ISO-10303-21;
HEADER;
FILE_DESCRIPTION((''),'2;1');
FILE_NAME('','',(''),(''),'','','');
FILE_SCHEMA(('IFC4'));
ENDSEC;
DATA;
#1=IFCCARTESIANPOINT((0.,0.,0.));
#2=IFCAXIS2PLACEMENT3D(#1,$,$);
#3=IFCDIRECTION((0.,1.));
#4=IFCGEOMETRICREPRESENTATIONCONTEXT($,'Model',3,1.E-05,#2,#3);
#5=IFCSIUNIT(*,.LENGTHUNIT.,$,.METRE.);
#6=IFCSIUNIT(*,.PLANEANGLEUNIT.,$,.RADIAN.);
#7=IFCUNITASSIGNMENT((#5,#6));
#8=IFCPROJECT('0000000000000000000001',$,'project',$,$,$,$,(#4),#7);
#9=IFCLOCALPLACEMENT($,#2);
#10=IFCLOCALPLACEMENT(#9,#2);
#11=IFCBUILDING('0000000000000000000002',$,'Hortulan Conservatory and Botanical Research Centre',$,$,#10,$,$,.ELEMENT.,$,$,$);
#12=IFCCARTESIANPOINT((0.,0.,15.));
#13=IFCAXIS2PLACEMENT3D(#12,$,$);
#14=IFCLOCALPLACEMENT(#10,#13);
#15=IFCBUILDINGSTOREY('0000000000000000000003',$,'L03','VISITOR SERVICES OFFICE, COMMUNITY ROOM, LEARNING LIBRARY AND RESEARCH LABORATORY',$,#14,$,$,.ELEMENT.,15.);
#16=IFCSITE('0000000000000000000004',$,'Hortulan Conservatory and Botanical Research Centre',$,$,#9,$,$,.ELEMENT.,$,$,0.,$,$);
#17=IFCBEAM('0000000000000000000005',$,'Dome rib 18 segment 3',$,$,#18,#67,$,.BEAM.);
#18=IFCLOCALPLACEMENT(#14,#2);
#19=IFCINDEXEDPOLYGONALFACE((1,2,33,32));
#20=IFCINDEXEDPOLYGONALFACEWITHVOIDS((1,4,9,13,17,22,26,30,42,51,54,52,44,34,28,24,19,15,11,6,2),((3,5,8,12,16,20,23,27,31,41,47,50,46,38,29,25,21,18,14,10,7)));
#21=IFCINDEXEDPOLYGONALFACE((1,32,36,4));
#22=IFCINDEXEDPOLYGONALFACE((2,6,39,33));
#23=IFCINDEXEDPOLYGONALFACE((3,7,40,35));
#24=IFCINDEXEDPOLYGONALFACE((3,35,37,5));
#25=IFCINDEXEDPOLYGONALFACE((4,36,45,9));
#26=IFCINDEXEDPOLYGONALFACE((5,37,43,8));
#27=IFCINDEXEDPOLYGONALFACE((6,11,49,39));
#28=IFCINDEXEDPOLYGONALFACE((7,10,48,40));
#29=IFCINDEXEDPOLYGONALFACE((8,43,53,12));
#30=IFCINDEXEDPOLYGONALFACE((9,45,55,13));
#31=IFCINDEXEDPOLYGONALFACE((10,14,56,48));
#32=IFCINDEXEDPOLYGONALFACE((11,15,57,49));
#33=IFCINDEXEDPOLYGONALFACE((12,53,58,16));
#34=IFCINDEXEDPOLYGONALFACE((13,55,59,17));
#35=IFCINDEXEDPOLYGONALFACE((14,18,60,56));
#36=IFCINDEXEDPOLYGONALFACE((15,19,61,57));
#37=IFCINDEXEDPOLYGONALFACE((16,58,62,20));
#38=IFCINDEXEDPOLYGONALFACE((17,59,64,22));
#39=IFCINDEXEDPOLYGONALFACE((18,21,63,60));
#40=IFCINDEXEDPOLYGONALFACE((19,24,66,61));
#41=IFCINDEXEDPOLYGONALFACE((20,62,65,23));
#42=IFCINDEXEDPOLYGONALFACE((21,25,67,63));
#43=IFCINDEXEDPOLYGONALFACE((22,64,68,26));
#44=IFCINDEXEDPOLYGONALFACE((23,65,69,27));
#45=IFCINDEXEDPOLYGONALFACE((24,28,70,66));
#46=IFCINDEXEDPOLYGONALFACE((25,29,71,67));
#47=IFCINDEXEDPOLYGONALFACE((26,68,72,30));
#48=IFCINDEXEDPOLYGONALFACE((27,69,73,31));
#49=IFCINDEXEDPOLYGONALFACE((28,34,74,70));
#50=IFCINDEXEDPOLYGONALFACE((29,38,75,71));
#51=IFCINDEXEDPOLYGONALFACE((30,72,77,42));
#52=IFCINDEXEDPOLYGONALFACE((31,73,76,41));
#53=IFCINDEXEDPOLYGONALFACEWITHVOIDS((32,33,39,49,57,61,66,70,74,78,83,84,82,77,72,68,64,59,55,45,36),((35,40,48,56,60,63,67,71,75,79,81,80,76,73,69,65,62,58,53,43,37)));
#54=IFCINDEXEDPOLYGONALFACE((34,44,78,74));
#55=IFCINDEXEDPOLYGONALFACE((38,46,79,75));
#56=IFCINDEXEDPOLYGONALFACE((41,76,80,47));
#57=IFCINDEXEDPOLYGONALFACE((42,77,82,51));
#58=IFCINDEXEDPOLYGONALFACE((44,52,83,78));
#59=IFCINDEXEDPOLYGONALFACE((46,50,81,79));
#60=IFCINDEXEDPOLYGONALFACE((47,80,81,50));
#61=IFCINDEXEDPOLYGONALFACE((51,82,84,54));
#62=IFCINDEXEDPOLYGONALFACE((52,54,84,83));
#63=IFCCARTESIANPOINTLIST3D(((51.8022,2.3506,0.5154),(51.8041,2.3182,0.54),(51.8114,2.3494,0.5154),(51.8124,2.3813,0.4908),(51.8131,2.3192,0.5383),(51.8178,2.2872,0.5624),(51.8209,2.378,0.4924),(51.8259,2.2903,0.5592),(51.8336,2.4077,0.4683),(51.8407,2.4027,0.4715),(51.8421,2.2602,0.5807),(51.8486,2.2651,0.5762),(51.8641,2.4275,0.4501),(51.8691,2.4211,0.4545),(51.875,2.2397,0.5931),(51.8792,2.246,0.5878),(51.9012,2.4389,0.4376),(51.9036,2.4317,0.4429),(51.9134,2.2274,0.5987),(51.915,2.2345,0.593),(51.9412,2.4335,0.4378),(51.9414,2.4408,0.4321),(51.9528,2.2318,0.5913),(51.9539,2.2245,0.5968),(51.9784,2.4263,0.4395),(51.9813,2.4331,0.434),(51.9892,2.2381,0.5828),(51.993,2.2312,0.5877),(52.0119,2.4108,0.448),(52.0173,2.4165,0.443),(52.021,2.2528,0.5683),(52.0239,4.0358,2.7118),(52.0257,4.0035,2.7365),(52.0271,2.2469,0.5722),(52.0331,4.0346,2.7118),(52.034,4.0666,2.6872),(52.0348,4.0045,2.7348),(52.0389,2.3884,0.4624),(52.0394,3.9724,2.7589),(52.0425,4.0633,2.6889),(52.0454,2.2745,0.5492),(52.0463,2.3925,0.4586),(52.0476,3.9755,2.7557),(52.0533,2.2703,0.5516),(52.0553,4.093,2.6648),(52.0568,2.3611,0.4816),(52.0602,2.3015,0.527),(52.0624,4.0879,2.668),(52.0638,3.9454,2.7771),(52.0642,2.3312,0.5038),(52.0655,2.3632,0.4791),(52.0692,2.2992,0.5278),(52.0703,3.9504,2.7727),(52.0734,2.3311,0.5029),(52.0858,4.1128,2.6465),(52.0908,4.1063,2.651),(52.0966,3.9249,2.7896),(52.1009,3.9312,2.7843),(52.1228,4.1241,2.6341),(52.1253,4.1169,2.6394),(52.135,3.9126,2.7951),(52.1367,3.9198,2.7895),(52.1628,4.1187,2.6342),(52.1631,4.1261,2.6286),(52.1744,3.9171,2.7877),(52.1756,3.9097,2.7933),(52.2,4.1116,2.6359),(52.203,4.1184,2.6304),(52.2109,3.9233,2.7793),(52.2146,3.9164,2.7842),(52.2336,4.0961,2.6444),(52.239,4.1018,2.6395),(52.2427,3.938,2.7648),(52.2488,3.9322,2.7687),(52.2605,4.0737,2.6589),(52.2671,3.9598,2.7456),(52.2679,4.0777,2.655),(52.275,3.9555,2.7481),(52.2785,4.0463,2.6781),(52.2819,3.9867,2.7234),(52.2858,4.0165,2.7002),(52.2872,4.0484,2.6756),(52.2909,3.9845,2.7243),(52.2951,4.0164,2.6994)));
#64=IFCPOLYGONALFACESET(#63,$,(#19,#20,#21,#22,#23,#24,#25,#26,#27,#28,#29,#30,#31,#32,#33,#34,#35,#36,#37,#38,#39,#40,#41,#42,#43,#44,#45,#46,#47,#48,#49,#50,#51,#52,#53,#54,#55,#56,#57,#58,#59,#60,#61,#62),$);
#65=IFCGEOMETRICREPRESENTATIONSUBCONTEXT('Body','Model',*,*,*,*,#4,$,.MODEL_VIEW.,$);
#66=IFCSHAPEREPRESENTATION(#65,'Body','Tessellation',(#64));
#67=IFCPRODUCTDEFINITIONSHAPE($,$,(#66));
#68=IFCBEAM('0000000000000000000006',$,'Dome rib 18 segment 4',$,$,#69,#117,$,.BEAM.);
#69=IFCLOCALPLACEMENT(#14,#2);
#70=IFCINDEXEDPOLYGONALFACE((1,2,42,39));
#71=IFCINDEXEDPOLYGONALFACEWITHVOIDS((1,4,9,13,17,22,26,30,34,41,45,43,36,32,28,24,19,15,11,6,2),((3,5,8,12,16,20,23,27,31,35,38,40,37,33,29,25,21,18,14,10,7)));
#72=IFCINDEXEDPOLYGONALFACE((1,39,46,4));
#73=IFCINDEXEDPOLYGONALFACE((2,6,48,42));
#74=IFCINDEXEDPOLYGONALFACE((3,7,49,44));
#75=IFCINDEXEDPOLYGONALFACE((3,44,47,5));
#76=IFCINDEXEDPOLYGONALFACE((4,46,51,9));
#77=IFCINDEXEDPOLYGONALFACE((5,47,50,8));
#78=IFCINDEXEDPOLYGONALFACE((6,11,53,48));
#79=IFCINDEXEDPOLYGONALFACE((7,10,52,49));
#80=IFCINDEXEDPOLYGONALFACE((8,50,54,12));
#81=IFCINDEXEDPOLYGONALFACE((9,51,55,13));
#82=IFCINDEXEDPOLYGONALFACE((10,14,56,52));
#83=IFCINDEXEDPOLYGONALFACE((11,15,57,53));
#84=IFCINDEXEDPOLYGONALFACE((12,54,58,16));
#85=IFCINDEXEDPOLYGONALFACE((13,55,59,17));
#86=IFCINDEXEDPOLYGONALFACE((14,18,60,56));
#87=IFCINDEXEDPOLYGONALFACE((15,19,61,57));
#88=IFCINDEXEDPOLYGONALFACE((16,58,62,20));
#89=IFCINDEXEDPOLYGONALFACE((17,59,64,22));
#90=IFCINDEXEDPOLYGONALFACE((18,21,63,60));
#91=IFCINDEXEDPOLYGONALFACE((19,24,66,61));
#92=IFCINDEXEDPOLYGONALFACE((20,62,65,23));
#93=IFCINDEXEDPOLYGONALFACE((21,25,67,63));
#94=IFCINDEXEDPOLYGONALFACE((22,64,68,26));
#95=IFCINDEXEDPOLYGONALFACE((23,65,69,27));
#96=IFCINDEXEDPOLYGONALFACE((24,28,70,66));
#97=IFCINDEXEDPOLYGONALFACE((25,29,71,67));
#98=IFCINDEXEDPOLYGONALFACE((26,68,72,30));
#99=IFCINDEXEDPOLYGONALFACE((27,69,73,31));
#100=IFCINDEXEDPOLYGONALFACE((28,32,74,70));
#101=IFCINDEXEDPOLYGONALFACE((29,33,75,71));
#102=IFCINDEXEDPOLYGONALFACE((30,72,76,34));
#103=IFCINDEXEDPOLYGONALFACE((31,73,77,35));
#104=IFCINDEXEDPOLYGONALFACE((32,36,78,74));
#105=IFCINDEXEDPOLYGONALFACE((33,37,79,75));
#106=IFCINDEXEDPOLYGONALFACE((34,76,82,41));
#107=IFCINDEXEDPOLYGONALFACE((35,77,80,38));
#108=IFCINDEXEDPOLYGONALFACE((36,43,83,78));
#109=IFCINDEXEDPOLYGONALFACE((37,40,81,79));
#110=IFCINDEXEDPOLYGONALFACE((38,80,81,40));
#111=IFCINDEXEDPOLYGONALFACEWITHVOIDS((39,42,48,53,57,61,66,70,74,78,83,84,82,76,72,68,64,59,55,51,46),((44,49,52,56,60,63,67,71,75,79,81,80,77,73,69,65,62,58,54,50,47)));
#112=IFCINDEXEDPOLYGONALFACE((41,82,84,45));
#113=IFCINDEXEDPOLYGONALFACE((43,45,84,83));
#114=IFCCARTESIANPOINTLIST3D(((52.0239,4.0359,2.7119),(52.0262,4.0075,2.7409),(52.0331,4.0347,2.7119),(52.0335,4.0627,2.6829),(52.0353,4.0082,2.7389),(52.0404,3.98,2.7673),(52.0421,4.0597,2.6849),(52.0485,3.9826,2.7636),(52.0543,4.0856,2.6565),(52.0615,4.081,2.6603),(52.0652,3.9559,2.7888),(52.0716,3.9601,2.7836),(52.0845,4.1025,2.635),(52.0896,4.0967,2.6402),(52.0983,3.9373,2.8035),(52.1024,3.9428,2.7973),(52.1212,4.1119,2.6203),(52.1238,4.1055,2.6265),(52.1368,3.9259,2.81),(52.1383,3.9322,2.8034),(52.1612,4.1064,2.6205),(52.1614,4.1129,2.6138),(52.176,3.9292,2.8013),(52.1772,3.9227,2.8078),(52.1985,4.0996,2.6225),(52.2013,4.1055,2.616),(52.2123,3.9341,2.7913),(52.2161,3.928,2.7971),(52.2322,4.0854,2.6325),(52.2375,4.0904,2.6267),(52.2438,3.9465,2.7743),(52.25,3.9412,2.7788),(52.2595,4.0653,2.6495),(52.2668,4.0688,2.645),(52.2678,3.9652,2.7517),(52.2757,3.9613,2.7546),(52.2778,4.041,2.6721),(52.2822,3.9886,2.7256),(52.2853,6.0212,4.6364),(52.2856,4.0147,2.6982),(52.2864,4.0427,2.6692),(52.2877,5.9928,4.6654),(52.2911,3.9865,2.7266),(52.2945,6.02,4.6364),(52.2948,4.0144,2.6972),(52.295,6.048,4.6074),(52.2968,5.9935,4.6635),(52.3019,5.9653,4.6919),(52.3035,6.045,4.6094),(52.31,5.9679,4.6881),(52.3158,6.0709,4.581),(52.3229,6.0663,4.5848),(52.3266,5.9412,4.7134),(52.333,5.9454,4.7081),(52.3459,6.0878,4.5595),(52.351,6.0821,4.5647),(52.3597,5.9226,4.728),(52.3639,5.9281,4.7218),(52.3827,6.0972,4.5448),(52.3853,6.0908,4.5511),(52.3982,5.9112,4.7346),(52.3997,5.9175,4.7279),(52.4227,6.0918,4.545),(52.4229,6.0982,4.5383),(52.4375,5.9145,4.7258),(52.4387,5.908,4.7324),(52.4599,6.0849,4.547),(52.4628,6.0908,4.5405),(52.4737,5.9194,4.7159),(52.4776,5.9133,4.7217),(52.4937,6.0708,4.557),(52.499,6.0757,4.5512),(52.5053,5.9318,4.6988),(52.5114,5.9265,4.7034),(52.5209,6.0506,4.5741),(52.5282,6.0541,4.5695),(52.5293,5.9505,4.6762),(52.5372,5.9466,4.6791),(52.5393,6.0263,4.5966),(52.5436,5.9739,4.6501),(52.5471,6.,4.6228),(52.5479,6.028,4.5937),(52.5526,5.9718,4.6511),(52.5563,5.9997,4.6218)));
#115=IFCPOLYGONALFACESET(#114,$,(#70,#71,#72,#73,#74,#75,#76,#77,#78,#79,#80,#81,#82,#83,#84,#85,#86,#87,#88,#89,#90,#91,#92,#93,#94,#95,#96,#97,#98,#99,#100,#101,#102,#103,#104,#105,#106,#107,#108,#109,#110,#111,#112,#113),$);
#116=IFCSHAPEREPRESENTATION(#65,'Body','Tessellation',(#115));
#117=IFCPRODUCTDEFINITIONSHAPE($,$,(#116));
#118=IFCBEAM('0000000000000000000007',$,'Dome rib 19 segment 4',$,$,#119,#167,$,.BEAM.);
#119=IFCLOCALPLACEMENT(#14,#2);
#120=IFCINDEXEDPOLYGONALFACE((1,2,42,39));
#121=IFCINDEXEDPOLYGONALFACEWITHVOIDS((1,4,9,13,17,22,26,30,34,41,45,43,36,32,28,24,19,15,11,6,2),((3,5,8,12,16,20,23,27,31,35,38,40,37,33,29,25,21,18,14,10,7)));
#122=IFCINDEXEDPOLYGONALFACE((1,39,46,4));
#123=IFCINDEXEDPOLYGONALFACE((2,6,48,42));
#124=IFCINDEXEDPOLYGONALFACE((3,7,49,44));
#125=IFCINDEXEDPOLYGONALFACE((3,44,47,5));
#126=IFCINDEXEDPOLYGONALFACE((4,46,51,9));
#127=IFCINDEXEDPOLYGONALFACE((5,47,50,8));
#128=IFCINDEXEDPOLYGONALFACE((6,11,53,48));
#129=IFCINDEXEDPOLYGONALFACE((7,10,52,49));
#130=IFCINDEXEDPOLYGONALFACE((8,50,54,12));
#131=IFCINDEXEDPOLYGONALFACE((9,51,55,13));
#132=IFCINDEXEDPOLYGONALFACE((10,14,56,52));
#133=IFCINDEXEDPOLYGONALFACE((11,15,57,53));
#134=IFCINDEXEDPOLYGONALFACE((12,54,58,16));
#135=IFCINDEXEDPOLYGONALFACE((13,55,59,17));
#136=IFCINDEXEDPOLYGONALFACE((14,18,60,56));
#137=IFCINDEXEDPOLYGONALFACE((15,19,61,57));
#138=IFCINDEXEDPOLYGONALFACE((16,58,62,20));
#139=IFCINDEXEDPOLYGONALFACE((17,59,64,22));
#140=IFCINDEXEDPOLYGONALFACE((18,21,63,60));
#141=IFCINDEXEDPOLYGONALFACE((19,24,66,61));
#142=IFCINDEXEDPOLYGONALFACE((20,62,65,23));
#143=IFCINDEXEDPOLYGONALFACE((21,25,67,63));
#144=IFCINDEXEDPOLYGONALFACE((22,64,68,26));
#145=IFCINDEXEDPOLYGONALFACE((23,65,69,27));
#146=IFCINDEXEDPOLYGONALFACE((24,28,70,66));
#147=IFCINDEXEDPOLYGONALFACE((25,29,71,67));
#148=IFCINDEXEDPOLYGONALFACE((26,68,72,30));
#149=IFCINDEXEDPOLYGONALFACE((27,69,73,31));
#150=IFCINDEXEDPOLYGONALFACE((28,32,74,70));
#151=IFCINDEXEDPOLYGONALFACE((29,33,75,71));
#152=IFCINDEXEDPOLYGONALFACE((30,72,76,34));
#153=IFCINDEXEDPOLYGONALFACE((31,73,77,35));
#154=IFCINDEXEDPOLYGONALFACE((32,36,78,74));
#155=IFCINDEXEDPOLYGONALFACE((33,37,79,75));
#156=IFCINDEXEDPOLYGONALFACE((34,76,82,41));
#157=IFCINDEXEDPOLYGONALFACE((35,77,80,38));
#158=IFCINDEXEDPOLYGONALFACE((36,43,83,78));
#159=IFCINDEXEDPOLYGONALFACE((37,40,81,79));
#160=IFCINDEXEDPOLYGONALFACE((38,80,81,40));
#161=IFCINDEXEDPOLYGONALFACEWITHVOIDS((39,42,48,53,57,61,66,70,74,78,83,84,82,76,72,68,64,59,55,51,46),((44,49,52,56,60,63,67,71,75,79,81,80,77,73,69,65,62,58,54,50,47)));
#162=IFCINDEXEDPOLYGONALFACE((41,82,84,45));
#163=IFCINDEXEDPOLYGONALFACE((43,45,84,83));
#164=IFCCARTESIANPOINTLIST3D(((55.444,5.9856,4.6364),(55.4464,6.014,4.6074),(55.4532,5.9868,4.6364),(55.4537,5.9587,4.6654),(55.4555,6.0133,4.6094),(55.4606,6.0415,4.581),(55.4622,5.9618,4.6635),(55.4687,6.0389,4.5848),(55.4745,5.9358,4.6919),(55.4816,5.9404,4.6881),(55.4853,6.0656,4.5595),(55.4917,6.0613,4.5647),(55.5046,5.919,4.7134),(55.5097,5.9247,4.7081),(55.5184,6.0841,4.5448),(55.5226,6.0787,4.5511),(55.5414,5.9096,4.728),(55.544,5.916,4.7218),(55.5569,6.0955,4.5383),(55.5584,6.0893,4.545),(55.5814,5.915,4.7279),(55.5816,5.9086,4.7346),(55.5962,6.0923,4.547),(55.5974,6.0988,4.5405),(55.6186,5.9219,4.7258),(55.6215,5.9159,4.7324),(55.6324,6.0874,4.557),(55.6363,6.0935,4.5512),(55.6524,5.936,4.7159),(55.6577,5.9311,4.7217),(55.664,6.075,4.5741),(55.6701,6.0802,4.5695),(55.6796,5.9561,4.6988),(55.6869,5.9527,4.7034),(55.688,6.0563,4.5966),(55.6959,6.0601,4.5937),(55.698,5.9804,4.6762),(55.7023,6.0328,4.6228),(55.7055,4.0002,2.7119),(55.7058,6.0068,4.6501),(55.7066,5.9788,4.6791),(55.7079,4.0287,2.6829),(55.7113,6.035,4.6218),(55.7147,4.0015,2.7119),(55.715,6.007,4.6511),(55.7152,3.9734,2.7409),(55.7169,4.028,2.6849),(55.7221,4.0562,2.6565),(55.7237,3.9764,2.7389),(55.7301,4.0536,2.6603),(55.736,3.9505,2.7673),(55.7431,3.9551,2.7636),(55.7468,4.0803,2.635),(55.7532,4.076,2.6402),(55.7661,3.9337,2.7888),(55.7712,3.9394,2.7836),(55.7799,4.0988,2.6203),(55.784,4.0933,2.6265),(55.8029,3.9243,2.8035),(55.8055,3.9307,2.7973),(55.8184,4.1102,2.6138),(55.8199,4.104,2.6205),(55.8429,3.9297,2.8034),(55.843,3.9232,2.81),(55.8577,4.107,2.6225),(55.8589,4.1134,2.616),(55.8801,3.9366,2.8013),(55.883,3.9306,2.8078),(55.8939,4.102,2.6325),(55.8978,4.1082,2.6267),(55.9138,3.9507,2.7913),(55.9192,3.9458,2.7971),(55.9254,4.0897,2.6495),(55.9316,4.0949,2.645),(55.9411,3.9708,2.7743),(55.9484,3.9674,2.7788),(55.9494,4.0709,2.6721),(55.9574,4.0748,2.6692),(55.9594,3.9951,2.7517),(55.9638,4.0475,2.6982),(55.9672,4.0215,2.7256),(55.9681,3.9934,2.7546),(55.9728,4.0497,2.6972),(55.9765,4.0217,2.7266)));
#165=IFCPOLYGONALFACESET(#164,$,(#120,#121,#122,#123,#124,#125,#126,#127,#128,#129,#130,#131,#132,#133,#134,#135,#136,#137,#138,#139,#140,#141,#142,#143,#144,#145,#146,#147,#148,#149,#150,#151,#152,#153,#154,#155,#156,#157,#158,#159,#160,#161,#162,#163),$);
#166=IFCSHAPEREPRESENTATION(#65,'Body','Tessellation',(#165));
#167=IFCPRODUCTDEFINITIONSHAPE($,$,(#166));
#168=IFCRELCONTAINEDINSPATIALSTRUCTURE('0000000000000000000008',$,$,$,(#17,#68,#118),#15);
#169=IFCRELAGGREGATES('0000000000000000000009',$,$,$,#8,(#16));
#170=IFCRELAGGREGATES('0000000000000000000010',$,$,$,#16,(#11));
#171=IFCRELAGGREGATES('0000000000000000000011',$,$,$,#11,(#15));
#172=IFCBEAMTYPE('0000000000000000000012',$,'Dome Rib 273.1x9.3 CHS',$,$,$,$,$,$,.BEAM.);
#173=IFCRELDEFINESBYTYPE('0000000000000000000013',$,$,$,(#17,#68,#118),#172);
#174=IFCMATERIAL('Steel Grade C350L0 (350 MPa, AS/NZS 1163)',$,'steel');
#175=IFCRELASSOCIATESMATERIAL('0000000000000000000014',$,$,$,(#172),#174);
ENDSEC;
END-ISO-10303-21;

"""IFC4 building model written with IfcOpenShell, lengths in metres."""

from ifc_helpers import new_model, si_unit, direction, frame, origin, origin_2d, place, context, subcontext, project, spatial, hollow_circle, extrude, material, material_profile, profile_set, type_object, element, save


model = new_model("IFC4")

# Units and contexts
model_context = context("Model", 3, precision=1e-05, world=origin(), true_north=direction((0.0, 1.0)))
body_context = subcontext(model_context, "Body", "Model", "MODEL_VIEW")
ifc_project = project(units=[si_unit("LENGTHUNIT", "METRE"), si_unit("PLANEANGLEUNIT", "RADIAN")], contexts=[model_context])

# Site, building, storey
site_placement = place(None, origin())
site = spatial("IfcSite", under=ifc_project, at=site_placement, Name="Hortulan Conservatory and Botanical Research Centre", CompositionType="ELEMENT", RefElevation=0.0)
building_placement = place(site_placement, origin())
building = spatial("IfcBuilding", under=site, at=building_placement, Name="Hortulan Conservatory and Botanical Research Centre", CompositionType="ELEMENT")
storey_placement = place(building_placement, frame((0.0, 0.0, 15.0)))
storey = spatial("IfcBuildingStorey", under=building, at=storey_placement, Name="L03", Description="VISITOR SERVICES OFFICE, COMMUNITY ROOM, LEARNING LIBRARY AND RESEARCH LABORATORY", CompositionType="ELEMENT", Elevation=15.0)

# Beams
ifc_material_1 = material(Name="Steel Grade C350L0 (350 MPa, AS/NZS 1163)", Category="steel")
ifc_material_profile_1 = material_profile(ifc_material_1, hollow_circle(Radius=0.1365, WallThickness=0.0093, at=origin_2d()), Name="273.1x9.3CHS")
ifc_profile_set_1 = profile_set([ifc_material_profile_1], Name="Steel Grade C350L0 (350 MPa, AS/NZS 1163)")
beam_type = type_object("IfcBeamType", Name="Dome Rib 273.1x9.3 CHS", PredefinedType="BEAM", material=ifc_profile_set_1)
for number, where, z_axis, x_axis, name in (
    (1, (51.9375, 2.3328, 0.5154), (0.079815, 0.606784, 0.79085), (-0.99146, 0.130414, 0.0), "Dome rib 18 segment 3"),
    (2, (52.1592, 4.0181, 2.7119), (0.094144, 0.714825, 0.692937), (-0.991439, 0.130574, 0.0), "Dome rib 18 segment 4"),
    (3, (55.8408, 4.0181, 2.7119), (-0.094144, 0.714825, 0.692937), (-0.991439, -0.130574, 0.0), "Dome rib 19 segment 4"),
):
    element("IfcBeam", number, at=place(storey_placement, frame(where, z_axis=z_axis, x_axis=x_axis)), inside=storey, type_object=beam_type, Name=name, PredefinedType="BEAM", context=body_context, shape_type="SweptSolid", body=[
        extrude(hollow_circle(Radius=0.1365, WallThickness=0.0093, at=origin_2d()), origin(), (0.0, 0.0, 1.0), 2.7773),
    ])

save(model, "model.ifc")
